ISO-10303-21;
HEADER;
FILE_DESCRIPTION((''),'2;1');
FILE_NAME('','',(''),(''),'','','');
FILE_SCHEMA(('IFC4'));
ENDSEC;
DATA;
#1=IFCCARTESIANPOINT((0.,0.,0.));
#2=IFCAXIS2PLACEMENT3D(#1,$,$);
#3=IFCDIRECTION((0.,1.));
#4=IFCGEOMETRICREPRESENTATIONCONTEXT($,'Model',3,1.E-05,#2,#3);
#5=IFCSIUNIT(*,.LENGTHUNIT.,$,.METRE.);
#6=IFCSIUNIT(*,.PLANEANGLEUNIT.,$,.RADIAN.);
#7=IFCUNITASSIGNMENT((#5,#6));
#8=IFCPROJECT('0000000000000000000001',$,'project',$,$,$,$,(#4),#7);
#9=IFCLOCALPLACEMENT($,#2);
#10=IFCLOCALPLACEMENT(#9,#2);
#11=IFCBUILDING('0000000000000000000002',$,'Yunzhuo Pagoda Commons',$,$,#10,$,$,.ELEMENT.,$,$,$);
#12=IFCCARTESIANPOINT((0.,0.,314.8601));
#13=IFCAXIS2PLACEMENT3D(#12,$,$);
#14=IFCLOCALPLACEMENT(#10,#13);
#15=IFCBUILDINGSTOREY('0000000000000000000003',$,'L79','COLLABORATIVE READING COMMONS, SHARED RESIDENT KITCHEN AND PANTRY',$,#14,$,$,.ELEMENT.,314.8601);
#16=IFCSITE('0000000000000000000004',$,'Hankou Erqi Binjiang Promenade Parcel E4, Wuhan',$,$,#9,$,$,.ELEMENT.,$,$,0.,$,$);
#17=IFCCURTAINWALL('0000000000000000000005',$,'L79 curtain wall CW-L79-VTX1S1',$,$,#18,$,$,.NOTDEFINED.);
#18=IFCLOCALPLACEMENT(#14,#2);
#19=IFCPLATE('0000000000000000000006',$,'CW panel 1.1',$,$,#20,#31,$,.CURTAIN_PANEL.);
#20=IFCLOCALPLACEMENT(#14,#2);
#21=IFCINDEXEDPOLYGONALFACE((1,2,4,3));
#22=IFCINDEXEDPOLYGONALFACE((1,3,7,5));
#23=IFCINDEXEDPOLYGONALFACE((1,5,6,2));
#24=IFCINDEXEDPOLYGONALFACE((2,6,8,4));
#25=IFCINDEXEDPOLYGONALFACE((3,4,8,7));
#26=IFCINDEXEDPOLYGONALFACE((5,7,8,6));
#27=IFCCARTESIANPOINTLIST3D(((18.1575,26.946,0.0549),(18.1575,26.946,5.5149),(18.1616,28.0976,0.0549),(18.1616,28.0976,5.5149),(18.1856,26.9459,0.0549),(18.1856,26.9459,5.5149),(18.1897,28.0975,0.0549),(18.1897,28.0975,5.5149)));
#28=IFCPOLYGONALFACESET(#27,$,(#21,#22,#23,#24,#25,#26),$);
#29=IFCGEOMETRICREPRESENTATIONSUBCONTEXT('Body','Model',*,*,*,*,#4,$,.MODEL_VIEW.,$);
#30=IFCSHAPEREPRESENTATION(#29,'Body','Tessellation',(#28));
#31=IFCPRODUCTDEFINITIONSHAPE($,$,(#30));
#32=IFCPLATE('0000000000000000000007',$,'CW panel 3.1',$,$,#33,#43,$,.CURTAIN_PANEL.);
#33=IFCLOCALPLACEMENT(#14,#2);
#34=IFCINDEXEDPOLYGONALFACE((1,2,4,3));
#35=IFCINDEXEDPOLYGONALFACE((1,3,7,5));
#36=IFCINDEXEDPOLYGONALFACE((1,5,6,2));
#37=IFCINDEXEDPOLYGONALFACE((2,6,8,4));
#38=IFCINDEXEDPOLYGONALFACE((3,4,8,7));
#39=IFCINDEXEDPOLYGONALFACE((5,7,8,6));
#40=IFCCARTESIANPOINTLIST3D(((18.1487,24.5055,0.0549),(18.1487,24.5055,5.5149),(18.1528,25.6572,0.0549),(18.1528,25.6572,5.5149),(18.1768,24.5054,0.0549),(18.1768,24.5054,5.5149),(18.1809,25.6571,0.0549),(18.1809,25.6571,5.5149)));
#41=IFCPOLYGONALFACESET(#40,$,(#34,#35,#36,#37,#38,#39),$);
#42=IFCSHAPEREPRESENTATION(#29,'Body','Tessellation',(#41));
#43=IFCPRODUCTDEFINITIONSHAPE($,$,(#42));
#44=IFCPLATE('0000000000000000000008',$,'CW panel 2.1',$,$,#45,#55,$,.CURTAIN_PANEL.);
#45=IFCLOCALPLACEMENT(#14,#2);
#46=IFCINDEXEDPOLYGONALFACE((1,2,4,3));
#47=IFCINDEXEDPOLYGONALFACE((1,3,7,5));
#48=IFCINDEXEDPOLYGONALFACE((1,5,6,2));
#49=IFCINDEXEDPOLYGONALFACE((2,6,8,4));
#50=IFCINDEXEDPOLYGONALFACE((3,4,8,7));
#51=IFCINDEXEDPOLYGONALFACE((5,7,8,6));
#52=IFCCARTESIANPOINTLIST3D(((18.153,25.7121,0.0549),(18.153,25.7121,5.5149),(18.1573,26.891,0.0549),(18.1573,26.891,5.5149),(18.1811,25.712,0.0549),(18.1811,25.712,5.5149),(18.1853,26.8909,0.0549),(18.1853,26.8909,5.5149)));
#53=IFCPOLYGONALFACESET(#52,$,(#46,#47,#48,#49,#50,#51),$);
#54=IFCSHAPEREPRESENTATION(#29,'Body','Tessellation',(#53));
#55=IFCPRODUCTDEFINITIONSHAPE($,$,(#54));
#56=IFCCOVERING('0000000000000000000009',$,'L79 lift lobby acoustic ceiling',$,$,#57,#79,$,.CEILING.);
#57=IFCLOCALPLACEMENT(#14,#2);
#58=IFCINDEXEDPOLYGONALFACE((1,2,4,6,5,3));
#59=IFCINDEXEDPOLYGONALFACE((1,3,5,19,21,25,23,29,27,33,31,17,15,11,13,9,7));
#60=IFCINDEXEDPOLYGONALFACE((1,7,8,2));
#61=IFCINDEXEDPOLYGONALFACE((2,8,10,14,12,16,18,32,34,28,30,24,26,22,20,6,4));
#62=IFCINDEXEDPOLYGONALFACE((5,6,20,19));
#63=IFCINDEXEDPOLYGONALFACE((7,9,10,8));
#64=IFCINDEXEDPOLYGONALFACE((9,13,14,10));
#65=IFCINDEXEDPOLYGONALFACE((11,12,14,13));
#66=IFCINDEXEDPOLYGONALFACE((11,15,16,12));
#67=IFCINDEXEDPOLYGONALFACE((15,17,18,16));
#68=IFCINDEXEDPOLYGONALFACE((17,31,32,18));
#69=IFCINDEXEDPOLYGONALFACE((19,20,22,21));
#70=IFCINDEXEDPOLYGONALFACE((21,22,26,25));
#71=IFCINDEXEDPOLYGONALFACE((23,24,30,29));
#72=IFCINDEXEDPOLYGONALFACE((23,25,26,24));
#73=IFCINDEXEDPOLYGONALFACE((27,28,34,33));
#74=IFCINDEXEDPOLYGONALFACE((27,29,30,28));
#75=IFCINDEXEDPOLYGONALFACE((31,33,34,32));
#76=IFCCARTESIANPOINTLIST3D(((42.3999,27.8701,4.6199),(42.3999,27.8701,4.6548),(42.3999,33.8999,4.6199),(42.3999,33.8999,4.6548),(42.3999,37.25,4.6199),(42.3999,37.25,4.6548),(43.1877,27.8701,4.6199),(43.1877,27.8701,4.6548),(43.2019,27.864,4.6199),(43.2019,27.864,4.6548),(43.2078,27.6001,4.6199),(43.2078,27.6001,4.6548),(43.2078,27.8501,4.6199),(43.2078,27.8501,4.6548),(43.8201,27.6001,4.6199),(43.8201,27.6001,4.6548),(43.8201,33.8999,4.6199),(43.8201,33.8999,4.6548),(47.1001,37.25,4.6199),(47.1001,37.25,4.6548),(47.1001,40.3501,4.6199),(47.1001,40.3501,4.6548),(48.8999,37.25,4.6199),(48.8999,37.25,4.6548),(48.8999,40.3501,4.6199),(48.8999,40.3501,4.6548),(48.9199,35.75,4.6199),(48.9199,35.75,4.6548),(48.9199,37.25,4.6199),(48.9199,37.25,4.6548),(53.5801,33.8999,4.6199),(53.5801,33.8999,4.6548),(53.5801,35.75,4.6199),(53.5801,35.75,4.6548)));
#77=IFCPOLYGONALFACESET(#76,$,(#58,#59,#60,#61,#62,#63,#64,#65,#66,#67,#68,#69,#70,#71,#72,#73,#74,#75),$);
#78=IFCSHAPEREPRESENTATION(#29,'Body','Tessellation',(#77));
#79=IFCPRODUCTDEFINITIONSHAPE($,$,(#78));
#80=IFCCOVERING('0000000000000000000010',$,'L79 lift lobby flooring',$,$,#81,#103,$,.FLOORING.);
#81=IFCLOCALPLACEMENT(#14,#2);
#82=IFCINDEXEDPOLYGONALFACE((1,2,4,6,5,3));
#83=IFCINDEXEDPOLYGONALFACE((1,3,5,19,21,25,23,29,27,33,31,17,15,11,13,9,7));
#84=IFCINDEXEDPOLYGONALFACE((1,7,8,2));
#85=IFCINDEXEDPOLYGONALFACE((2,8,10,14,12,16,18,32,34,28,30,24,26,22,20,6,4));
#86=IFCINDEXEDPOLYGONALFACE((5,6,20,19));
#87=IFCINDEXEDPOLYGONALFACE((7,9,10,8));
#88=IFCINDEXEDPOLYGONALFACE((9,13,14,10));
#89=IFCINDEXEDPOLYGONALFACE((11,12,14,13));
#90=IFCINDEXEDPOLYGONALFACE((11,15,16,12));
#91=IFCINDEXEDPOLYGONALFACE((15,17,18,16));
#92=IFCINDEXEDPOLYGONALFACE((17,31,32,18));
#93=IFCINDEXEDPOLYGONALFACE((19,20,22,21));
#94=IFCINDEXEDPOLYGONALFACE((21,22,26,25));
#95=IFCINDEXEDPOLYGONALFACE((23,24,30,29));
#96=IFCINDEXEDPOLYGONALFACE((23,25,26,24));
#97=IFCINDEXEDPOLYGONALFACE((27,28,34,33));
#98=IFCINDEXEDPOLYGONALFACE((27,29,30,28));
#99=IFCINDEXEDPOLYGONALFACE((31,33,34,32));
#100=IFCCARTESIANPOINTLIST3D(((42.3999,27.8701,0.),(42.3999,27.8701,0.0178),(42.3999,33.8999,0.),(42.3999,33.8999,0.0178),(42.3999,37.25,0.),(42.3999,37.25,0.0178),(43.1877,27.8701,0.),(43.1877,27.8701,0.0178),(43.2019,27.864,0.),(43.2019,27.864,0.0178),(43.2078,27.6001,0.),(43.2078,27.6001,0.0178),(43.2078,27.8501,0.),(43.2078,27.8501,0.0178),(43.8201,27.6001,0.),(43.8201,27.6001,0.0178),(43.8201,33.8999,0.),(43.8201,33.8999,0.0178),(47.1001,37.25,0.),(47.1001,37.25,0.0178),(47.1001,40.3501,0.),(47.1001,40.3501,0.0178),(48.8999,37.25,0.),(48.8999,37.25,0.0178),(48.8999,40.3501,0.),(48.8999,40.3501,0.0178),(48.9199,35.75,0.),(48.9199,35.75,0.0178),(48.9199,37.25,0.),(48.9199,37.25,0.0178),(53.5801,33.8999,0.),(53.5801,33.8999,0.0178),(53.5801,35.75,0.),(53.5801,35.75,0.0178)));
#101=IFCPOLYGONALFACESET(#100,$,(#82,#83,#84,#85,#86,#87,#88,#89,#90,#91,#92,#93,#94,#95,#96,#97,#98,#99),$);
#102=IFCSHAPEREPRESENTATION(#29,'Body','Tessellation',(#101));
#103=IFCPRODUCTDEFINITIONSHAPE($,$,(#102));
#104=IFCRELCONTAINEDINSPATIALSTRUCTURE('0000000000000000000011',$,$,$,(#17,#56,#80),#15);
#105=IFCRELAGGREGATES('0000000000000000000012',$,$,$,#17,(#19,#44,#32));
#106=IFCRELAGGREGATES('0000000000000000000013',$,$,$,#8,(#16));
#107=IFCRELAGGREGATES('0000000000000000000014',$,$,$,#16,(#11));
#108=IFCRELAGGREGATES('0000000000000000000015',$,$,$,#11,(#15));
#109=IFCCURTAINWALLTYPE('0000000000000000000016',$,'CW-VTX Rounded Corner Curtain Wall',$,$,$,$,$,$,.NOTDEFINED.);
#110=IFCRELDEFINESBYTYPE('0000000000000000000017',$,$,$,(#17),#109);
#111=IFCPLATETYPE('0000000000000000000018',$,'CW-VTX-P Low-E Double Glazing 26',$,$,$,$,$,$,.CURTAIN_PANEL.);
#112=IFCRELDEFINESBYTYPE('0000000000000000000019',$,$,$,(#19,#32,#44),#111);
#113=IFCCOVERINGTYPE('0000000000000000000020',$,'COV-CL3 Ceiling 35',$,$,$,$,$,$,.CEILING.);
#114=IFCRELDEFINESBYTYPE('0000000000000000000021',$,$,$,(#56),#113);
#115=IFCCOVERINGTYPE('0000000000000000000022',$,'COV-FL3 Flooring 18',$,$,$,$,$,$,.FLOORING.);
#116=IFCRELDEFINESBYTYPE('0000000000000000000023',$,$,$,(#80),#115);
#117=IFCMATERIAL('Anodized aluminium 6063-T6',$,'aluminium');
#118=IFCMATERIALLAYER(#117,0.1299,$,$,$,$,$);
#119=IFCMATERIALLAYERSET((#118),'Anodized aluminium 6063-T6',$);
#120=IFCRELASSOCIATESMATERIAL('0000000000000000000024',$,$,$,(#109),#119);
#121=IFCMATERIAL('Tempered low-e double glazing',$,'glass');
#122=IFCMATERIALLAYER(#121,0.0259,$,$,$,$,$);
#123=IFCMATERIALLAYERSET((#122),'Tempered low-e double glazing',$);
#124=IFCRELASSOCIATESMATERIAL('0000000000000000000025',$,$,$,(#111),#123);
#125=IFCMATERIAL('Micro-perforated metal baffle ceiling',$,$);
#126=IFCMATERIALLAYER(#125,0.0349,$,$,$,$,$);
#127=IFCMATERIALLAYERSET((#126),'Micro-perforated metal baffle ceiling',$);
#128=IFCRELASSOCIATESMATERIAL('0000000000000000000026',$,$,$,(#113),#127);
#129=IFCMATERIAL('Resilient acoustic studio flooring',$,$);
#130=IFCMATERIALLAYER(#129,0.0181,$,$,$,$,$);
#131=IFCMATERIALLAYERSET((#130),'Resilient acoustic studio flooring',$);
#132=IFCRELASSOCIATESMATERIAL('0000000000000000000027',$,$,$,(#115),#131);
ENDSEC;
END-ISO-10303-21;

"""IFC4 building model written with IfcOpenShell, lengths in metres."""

from ifc_helpers import new_model, si_unit, direction, frame, origin, origin_2d, place, context, subcontext, project, spatial, polyline, rectangle, outline, extrude, source, transform, mapped, material, layer, layer_set, type_object, element, aggregate, save


model = new_model("IFC4")

# Units and contexts
model_context = context("Model", 3, precision=1e-05, world=origin(), true_north=direction((0.0, 1.0)))
body_context = subcontext(model_context, "Body", "Model", "MODEL_VIEW")
ifc_project = project(units=[si_unit("LENGTHUNIT", "METRE"), si_unit("PLANEANGLEUNIT", "RADIAN")], contexts=[model_context])

# Site, building, storey
site_placement = place(None, origin())
site = spatial("IfcSite", under=ifc_project, at=site_placement, Name="Hankou Erqi Binjiang Promenade Parcel E4, Wuhan", CompositionType="ELEMENT", RefElevation=0.0)
building_placement = place(site_placement, origin())
building = spatial("IfcBuilding", under=site, at=building_placement, Name="Yunzhuo Pagoda Commons", CompositionType="ELEMENT")
storey_placement = place(building_placement, frame((0.0, 0.0, 314.8601)))
storey = spatial("IfcBuildingStorey", under=building, at=storey_placement, Name="L79", Description="COLLABORATIVE READING COMMONS, SHARED RESIDENT KITCHEN AND PANTRY", CompositionType="ELEMENT", Elevation=314.8601)

# Curtain wall
ifc_material_1 = material(Name="Anodized aluminium 6063-T6", Category="aluminium")
ifc_layer_1 = layer(ifc_material_1, 0.1299)
ifc_layer_set_1 = layer_set([ifc_layer_1], Name="Anodized aluminium 6063-T6")
curtain_wall_type_1 = type_object("IfcCurtainWallType", Name="CW-VTX Rounded Corner Curtain Wall", PredefinedType="NOTDEFINED", material=ifc_layer_set_1)
curtain_wall_1_placement = place(storey_placement, origin())
curtain_wall_1 = element("IfcCurtainWall", 1, at=curtain_wall_1_placement, inside=storey, type_object=curtain_wall_type_1, Name="L79 curtain wall CW-L79-VTX1S1", PredefinedType="NOTDEFINED")

# Plates
ifc_material_2 = material(Name="Tempered low-e double glazing", Category="glass")
ifc_layer_2 = layer(ifc_material_2, 0.0259)
ifc_layer_set_2 = layer_set([ifc_layer_2], Name="Tempered low-e double glazing")
plate_type = type_object("IfcPlateType", Name="CW-VTX-P Low-E Double Glazing 26", PredefinedType="CURTAIN_PANEL", material=ifc_layer_set_2)
shared_shape_1 = source(origin(), body_context, "Body", "SweptSolid", [
    extrude(rectangle(XDim=1.1516, YDim=0.0281, at=origin_2d()), origin(), (0.0, 0.0, 1.0), 5.46),
])
plate_1_placement = place(storey_placement, frame((18.1736, 27.5217, 0.0549), z_axis=(0.0, 0.0, 1.0), x_axis=(-0.003592, -0.999994, 0.0)))
plate_1 = element("IfcPlate", 2, at=plate_1_placement, type_object=plate_type, Name="CW panel 1.1", PredefinedType="CURTAIN_PANEL", context=body_context, shape_type="MappedRepresentation", body=[
    mapped(shared_shape_1, transform((0.0, 0.0, 0.0), scale=1.0)),
])
plate_2_placement = place(storey_placement, frame((18.1648, 25.0813, 0.0549), z_axis=(0.0, 0.0, 1.0), x_axis=(-0.003592, -0.999994, 0.0)))
plate_2 = element("IfcPlate", 3, at=plate_2_placement, type_object=plate_type, Name="CW panel 3.1", PredefinedType="CURTAIN_PANEL", context=body_context, shape_type="MappedRepresentation", body=[
    mapped(shared_shape_1, transform((0.0, 0.0, 0.0), scale=1.0)),
])
shared_shape_2 = source(origin(), body_context, "Body", "SweptSolid", [
    extrude(rectangle(XDim=1.179, YDim=0.0281, at=origin_2d()), origin(), (0.0, 0.0, 1.0), 5.46),
])
plate_3_placement = place(storey_placement, frame((18.1692, 26.3015, 0.0549), z_axis=(0.0, 0.0, 1.0), x_axis=(-0.003592, -0.999994, 0.0)))
plate_3 = element("IfcPlate", 4, at=plate_3_placement, type_object=plate_type, Name="CW panel 2.1", PredefinedType="CURTAIN_PANEL", context=body_context, shape_type="MappedRepresentation", body=[
    mapped(shared_shape_2, transform((0.0, 0.0, 0.0), scale=1.0)),
])
aggregate(curtain_wall_1, [plate_1, plate_3, plate_2])

# Coverings
ifc_material_3 = material(Name="Micro-perforated metal baffle ceiling")
ifc_layer_3 = layer(ifc_material_3, 0.0349)
ifc_layer_set_3 = layer_set([ifc_layer_3], Name="Micro-perforated metal baffle ceiling")
covering_type_1 = type_object("IfcCoveringType", Name="COV-CL3 Ceiling 35", PredefinedType="CEILING", material=ifc_layer_set_3)
covering_1_placement = place(storey_placement, frame((0.0, 0.0, 4.6199)))
element("IfcCovering", 5, at=covering_1_placement, inside=storey, type_object=covering_type_1, Name="L79 lift lobby acoustic ceiling", PredefinedType="CEILING", context=body_context, shape_type="SweptSolid", body=[
    extrude(outline(polyline([(42.3999, 37.25), (47.1001, 37.25), (47.1001, 40.3501), (48.8999, 40.3501), (48.8999, 37.25), (48.9199, 37.25), (48.9199, 35.75), (53.5801, 35.75), (53.5801, 33.8999), (43.8201, 33.8999), (43.8201, 27.6001), (43.2078, 27.6001), (43.2078, 27.8501), (43.2019, 27.864), (43.1877, 27.8701), (42.3999, 27.8701), (42.3999, 33.8999), (42.3999, 37.25)])), origin(), (0.0, 0.0, 1.0), 0.0349),
])
ifc_material_4 = material(Name="Resilient acoustic studio flooring")
ifc_layer_4 = layer(ifc_material_4, 0.0181)
ifc_layer_set_4 = layer_set([ifc_layer_4], Name="Resilient acoustic studio flooring")
covering_type_2 = type_object("IfcCoveringType", Name="COV-FL3 Flooring 18", PredefinedType="FLOORING", material=ifc_layer_set_4)
covering_2_placement = place(storey_placement, origin())
element("IfcCovering", 6, at=covering_2_placement, inside=storey, type_object=covering_type_2, Name="L79 lift lobby flooring", PredefinedType="FLOORING", context=body_context, shape_type="SweptSolid", body=[
    extrude(outline(polyline([(42.3999, 37.25), (47.1001, 37.25), (47.1001, 40.3501), (48.8999, 40.3501), (48.8999, 37.25), (48.9199, 37.25), (48.9199, 35.75), (53.5801, 35.75), (53.5801, 33.8999), (43.8201, 33.8999), (43.8201, 27.6001), (43.2078, 27.6001), (43.2078, 27.8501), (43.2019, 27.864), (43.1877, 27.8701), (42.3999, 27.8701), (42.3999, 33.8999), (42.3999, 37.25)])), origin(), (0.0, 0.0, 1.0), 0.0178),
])

save(model, "model.ifc")
